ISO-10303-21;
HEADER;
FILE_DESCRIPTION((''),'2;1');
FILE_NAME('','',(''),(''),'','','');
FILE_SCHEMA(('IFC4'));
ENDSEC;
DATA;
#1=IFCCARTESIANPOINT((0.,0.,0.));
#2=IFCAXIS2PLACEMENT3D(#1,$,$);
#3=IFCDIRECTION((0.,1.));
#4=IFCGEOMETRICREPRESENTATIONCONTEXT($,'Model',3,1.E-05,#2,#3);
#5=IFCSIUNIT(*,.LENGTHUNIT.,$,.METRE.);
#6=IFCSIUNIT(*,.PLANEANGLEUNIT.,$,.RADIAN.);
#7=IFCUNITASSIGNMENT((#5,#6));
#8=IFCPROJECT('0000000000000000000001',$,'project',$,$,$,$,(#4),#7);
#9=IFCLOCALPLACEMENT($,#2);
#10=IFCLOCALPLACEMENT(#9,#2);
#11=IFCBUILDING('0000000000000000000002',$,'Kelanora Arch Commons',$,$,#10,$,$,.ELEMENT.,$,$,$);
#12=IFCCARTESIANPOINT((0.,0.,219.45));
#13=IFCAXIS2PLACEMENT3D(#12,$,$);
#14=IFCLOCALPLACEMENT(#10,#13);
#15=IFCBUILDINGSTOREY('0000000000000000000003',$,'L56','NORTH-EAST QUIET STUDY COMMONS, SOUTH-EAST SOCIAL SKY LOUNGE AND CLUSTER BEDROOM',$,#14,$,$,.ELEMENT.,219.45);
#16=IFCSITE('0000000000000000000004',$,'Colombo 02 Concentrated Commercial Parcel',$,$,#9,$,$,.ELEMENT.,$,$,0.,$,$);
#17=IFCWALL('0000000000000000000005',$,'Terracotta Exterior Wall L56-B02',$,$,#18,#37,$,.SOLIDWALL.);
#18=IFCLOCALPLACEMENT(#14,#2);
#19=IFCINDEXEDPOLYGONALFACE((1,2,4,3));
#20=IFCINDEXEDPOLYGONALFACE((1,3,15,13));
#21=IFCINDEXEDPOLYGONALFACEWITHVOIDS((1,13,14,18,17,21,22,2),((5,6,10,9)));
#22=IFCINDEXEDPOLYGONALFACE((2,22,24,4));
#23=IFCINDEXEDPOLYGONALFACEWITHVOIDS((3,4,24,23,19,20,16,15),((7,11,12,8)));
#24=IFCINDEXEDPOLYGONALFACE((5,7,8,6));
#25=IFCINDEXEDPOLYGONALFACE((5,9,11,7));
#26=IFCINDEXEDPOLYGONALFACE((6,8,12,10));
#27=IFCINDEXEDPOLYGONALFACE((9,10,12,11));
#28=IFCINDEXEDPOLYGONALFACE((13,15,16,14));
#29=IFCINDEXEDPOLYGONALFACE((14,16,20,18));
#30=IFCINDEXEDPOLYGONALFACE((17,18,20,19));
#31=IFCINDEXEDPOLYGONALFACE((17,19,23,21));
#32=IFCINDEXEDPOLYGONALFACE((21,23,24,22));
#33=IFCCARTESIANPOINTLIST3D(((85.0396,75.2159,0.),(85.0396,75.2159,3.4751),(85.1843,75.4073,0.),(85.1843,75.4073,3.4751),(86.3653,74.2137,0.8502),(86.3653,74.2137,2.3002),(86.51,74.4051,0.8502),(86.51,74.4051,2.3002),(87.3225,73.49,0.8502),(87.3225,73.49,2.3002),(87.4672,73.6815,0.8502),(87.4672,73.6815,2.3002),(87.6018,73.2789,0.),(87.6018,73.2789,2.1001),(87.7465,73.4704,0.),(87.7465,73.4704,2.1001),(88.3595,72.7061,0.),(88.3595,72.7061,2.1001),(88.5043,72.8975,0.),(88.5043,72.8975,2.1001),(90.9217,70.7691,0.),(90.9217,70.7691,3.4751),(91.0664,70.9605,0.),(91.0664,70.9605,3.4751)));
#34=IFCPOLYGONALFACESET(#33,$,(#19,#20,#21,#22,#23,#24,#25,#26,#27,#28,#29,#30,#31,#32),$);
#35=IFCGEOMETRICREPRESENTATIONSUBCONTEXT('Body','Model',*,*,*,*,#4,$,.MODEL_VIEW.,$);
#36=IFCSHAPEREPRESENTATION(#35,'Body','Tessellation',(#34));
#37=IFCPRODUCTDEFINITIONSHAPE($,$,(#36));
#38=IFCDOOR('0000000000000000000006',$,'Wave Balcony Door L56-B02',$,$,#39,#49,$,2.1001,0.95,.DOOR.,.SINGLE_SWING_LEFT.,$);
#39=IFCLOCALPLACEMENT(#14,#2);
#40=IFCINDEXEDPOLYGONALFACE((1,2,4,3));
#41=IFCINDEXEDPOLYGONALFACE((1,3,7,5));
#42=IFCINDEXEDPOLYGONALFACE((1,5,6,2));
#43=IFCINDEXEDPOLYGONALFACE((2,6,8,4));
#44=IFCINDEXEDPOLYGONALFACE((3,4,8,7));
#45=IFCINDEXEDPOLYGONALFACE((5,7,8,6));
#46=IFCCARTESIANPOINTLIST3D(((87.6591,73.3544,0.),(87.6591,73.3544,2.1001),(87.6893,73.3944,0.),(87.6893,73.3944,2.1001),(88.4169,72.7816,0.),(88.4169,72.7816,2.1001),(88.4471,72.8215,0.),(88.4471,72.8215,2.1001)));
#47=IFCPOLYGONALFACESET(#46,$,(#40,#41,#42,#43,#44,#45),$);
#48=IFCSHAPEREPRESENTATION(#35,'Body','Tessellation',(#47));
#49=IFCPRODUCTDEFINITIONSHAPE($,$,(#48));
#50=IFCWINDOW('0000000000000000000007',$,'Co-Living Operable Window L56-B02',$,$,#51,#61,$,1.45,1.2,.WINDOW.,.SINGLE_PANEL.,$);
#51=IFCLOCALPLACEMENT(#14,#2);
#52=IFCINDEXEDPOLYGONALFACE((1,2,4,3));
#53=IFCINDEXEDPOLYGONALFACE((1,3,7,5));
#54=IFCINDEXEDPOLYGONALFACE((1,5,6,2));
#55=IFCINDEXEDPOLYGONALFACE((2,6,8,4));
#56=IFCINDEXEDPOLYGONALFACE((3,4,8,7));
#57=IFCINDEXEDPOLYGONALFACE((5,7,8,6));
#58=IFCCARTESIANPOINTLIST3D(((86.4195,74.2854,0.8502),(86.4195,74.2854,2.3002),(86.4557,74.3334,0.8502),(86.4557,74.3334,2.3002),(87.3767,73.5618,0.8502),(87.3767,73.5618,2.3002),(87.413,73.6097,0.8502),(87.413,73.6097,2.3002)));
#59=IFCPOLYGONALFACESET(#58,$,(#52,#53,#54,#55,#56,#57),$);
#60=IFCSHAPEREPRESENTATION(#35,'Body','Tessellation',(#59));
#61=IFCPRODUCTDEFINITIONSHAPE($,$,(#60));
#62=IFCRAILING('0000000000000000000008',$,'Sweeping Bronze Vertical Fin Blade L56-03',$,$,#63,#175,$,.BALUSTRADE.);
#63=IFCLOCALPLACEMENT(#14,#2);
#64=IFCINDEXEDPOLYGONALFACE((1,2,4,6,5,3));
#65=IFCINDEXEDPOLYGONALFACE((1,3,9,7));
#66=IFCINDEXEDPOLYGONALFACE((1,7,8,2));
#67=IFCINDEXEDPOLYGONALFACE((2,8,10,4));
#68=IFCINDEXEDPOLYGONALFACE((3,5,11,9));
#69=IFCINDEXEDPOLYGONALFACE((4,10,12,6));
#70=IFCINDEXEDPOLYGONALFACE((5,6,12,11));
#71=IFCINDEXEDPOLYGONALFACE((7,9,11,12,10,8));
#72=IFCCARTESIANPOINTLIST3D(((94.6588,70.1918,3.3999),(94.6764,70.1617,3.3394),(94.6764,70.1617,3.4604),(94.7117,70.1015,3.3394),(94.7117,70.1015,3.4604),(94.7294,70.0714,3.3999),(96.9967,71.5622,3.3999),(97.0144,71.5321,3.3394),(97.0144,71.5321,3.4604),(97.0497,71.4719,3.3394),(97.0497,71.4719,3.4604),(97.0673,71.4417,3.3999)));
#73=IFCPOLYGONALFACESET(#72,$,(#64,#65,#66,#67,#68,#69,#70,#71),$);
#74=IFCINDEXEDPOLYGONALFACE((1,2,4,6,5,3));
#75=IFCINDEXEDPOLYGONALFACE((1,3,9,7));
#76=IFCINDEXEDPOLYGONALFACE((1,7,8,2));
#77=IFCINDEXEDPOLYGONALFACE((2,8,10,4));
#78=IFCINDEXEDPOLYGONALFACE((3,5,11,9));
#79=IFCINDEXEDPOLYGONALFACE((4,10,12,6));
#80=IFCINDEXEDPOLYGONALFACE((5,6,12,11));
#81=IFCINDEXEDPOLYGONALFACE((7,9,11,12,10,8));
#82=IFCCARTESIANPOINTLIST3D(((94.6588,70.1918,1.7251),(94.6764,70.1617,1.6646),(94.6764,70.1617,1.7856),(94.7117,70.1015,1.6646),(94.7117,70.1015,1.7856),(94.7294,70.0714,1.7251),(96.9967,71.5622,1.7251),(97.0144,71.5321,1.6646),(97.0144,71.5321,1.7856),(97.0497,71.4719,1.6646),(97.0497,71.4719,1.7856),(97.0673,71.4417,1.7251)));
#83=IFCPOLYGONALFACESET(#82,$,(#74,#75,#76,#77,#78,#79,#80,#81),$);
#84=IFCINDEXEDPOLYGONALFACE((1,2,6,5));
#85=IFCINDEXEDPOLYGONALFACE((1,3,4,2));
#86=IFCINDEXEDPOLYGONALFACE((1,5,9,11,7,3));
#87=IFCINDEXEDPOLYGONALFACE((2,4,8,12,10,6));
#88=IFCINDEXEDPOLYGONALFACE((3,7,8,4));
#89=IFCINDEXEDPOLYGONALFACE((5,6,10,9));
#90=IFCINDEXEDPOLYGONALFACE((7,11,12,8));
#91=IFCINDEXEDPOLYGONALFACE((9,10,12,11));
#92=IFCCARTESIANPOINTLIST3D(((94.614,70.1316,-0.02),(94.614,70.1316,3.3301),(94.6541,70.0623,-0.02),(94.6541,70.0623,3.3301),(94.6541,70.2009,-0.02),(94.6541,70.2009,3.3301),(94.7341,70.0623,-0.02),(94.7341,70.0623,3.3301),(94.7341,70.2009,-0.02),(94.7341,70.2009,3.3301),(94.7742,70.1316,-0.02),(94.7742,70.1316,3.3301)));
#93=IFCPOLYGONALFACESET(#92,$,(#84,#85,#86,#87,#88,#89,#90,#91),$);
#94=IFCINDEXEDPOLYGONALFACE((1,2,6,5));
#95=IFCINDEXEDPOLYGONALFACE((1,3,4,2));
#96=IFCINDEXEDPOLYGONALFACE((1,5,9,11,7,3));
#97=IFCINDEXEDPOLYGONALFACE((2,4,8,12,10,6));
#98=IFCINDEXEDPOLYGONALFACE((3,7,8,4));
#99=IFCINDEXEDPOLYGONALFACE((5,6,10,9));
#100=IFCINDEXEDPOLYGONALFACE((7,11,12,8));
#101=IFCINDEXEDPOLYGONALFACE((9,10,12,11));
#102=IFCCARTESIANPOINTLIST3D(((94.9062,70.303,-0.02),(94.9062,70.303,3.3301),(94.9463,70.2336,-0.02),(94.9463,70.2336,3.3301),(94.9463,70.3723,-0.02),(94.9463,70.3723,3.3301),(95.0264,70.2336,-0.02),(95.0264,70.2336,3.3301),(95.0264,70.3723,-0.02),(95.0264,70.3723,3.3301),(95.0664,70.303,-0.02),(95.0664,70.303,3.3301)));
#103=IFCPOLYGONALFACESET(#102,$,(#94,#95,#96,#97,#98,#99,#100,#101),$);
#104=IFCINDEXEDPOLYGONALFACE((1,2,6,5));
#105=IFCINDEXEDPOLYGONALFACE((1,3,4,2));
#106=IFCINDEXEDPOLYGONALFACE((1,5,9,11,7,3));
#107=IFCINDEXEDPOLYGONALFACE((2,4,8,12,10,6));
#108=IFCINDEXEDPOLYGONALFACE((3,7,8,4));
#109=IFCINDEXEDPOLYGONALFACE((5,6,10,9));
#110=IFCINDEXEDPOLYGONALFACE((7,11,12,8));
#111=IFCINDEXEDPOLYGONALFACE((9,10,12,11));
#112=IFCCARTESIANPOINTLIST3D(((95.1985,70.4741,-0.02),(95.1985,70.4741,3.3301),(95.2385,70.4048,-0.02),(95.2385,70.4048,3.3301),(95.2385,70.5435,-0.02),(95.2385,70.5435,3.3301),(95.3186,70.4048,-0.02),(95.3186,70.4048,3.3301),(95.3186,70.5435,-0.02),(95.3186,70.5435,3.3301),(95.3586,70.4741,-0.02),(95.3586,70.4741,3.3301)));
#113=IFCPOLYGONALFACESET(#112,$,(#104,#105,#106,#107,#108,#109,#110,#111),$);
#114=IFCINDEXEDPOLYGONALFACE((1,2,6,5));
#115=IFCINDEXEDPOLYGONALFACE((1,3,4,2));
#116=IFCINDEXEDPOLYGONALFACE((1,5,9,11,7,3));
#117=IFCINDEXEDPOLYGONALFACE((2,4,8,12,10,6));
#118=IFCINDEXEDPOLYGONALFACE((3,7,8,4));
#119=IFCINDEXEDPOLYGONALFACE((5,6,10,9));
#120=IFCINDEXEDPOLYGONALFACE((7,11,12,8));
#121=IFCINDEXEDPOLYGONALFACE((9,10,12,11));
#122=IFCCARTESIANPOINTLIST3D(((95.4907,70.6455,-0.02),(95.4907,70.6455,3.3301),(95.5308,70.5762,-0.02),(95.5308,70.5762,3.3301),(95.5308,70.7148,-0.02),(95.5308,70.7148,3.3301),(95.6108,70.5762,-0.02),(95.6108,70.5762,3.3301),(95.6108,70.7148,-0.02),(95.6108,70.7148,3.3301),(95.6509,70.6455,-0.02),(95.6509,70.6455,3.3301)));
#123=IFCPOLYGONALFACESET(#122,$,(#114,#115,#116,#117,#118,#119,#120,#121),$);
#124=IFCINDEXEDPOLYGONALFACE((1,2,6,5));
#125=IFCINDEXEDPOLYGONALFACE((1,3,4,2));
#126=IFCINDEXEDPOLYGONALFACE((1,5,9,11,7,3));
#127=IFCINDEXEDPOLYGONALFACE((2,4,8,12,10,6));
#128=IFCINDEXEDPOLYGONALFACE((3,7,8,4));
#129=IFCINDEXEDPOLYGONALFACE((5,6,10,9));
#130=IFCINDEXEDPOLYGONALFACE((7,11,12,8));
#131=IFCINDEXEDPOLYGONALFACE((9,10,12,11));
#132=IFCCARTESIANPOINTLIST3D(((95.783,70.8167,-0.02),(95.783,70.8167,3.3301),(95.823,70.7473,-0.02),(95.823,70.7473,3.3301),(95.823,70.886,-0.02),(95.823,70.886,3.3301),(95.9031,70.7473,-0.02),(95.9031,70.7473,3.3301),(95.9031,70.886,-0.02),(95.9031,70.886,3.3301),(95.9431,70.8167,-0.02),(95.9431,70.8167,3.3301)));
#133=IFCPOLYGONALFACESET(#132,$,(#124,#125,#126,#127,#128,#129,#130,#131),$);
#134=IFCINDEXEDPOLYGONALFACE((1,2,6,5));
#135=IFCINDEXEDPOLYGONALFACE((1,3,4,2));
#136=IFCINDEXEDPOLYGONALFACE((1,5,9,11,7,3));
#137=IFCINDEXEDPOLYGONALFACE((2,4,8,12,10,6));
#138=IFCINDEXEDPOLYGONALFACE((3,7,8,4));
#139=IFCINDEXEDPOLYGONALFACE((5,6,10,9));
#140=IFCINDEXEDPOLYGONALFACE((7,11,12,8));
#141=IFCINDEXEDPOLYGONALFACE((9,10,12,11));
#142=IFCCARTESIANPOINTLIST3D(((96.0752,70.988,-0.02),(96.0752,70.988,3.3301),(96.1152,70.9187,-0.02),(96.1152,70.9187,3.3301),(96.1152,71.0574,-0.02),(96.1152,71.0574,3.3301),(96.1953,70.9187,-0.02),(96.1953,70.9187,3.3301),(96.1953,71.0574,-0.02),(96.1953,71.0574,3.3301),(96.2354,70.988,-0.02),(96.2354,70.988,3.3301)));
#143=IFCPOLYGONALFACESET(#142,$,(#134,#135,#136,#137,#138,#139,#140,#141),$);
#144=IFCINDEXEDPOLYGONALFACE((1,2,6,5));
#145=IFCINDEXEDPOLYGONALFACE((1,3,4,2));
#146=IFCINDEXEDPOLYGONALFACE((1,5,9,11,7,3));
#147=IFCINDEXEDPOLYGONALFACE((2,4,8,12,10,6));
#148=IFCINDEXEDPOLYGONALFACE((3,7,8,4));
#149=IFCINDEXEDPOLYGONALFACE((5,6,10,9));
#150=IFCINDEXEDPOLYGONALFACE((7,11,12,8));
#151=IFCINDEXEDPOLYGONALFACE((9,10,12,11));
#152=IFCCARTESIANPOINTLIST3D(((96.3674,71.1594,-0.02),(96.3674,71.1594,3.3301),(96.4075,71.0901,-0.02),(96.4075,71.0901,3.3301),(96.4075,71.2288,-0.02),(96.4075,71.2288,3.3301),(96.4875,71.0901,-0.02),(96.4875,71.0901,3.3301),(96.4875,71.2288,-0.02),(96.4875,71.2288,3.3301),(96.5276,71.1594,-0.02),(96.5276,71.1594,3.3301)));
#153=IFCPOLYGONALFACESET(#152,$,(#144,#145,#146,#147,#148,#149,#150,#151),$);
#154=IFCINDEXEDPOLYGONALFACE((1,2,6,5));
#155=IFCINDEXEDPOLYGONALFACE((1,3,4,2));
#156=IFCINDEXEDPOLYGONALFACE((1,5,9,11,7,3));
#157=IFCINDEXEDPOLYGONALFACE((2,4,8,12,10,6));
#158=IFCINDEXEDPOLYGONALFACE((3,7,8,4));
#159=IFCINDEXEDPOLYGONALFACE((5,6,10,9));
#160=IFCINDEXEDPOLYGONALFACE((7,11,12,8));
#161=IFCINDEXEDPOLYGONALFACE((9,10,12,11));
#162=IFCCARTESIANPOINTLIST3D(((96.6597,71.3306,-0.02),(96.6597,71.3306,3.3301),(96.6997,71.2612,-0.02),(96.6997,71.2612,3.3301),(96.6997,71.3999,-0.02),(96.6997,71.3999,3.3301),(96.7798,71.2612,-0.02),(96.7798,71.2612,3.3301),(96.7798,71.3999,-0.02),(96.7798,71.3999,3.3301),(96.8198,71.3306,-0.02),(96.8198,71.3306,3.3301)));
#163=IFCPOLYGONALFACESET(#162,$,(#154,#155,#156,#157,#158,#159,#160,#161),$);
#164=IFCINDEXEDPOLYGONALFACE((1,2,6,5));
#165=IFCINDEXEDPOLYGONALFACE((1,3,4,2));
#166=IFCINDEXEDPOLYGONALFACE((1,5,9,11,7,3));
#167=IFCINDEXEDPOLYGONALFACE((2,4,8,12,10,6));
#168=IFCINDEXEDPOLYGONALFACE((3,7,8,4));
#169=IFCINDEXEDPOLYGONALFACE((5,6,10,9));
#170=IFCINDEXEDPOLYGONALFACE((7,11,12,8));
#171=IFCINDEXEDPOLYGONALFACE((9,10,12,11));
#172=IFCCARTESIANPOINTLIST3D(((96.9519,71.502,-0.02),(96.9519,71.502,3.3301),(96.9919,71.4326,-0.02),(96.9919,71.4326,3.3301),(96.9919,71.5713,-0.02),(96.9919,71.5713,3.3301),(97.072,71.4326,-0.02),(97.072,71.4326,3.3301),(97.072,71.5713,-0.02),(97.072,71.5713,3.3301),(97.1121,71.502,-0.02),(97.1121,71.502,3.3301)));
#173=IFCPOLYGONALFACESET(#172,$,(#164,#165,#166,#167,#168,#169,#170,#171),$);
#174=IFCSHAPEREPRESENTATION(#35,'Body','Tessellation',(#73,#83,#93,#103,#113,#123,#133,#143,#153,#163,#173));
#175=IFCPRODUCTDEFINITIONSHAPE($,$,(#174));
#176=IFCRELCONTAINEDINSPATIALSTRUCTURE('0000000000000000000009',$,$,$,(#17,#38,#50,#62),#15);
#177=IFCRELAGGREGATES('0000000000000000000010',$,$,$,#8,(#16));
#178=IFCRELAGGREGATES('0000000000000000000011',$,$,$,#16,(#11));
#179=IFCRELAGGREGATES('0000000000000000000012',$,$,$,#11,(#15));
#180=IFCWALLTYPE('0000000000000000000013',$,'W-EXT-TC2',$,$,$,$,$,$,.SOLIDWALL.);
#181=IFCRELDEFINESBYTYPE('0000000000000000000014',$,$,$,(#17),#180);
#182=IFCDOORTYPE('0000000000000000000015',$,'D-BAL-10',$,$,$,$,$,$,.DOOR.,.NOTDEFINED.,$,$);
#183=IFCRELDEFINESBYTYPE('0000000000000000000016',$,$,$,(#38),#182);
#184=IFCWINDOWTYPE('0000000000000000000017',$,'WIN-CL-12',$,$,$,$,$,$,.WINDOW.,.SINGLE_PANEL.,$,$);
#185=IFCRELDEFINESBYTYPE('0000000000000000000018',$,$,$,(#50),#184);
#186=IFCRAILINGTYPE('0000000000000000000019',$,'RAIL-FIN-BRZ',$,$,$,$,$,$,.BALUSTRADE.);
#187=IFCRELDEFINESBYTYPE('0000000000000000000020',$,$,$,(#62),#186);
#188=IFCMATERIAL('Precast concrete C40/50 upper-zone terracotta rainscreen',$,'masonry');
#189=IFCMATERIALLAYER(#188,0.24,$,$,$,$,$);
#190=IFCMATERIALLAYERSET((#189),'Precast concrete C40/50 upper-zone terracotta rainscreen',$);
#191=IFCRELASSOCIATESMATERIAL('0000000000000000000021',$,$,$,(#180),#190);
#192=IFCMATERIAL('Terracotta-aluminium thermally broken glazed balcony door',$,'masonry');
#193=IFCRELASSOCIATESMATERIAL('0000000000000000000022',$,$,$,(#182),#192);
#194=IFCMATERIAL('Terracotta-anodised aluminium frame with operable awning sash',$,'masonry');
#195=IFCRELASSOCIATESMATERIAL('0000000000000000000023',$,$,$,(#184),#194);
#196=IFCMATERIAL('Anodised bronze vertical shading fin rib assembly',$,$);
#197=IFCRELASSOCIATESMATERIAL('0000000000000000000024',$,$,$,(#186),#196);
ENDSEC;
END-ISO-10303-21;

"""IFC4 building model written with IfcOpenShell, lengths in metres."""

from ifc_helpers import new_model, si_unit, direction, frame, frame_2d, origin, place, context, subcontext, project, spatial, polyline, rectangle, outline, extrude, material, layer, layer_set, type_object, element, fill, save


model = new_model("IFC4")

# Units and contexts
model_context = context("Model", 3, precision=1e-05, world=origin(), true_north=direction((0.0, 1.0)))
body_context = subcontext(model_context, "Body", "Model", "MODEL_VIEW")
ifc_project = project(units=[si_unit("LENGTHUNIT", "METRE"), si_unit("PLANEANGLEUNIT", "RADIAN")], contexts=[model_context])

# Site, building, storey
site_placement = place(None, origin())
site = spatial("IfcSite", under=ifc_project, at=site_placement, Name="Colombo 02 Concentrated Commercial Parcel", CompositionType="ELEMENT", RefElevation=0.0)
building_placement = place(site_placement, origin())
building = spatial("IfcBuilding", under=site, at=building_placement, Name="Kelanora Arch Commons", CompositionType="ELEMENT")
storey_placement = place(building_placement, frame((0.0, 0.0, 219.45)))
storey = spatial("IfcBuildingStorey", under=building, at=storey_placement, Name="L56", Description="NORTH-EAST QUIET STUDY COMMONS, SOUTH-EAST SOCIAL SKY LOUNGE AND CLUSTER BEDROOM", CompositionType="ELEMENT", Elevation=219.45)

# Wall, openings, door, window
ifc_material_1 = material(Name="Precast concrete C40/50 upper-zone terracotta rainscreen", Category="masonry")
ifc_layer_1 = layer(ifc_material_1, 0.24)
ifc_layer_set_1 = layer_set([ifc_layer_1], Name="Precast concrete C40/50 upper-zone terracotta rainscreen")
wall_type = type_object("IfcWallType", Name="W-EXT-TC2", PredefinedType="SOLIDWALL", material=ifc_layer_set_1)
ifc_material_2 = material(Name="Terracotta-aluminium thermally broken glazed balcony door", Category="masonry")
door_type = type_object("IfcDoorType", Name="D-BAL-10", OperationType="NOTDEFINED", PredefinedType="DOOR", material=ifc_material_2)
ifc_material_3 = material(Name="Terracotta-anodised aluminium frame with operable awning sash", Category="masonry")
window_type = type_object("IfcWindowType", Name="WIN-CL-12", PartitioningType="SINGLE_PANEL", PredefinedType="WINDOW", material=ifc_material_3)
wall_1_placement = place(storey_placement, frame((90.9941, 70.8647, 0.0), z_axis=(0.0, 0.0, 1.0), x_axis=(-0.797702, 0.603052, 0.0)))
wall_1 = element("IfcWall", 1, at=wall_1_placement, inside=storey, type_object=wall_type, Name="Terracotta Exterior Wall L56-B02", PredefinedType="SOLIDWALL", context=body_context, shape_type="SweptSolid", body=[
    extrude(rectangle(XDim=7.3738, YDim=0.24, at=frame_2d((3.687, 0.0))), origin(), (0.0, 0.0, 1.0), 3.4751),
])
opening_1_placement = place(wall_1_placement, frame((3.2119, 0.0, 0.0)))
opening_1 = element("IfcOpeningElement", 2, at=opening_1_placement, cuts=wall_1, PredefinedType="OPENING", context=body_context, shape_type="SweptSolid", body=[
    extrude(rectangle(XDim=0.95, YDim=2.1001, at=frame_2d((0.4751, 1.05))), frame((0.0, 0.1299, 0.0), z_axis=(0.0, -1.0, 0.0), x_axis=(1.0, 0.0, 0.0)), (0.0, 0.0, 1.0), 0.26),
])
opening_2_placement = place(wall_1_placement, frame((4.512, 0.0, 0.8501)))
opening_2 = element("IfcOpeningElement", 3, at=opening_2_placement, cuts=wall_1, PredefinedType="OPENING", context=body_context, shape_type="SweptSolid", body=[
    extrude(rectangle(XDim=1.2, YDim=1.45, at=frame_2d((0.6001, 0.7251))), frame((0.0, 0.1299, 0.0), z_axis=(0.0, -1.0, 0.0), x_axis=(1.0, 0.0, 0.0)), (0.0, 0.0, 1.0), 0.26),
])
door_1_placement = place(opening_1_placement, frame((0.95, 0.0, 0.0), z_axis=(0.0, 0.0, 1.0), x_axis=(-1.0, 0.0, 0.0)))
door_1 = element("IfcDoor", 4, at=door_1_placement, inside=storey, type_object=door_type, Name="Wave Balcony Door L56-B02", OperationType="SINGLE_SWING_LEFT", OverallHeight=2.1001, OverallWidth=0.95, PredefinedType="DOOR", context=body_context, shape_type="SweptSolid", body=[
    extrude(rectangle(XDim=0.95, YDim=2.1001, at=frame_2d((0.4751, 1.05))), frame((0.0, 0.0249, 0.0), z_axis=(0.0, -1.0, 0.0), x_axis=(1.0, 0.0, 0.0)), (0.0, 0.0, 1.0), 0.05),
])
fill(opening_1, door_1)
window_1_placement = place(opening_2_placement, origin())
window_1 = element("IfcWindow", 5, at=window_1_placement, inside=storey, type_object=window_type, Name="Co-Living Operable Window L56-B02", OverallHeight=1.45, OverallWidth=1.2, PartitioningType="SINGLE_PANEL", PredefinedType="WINDOW", context=body_context, shape_type="SweptSolid", body=[
    extrude(rectangle(XDim=1.2, YDim=1.45, at=frame_2d((0.6001, 0.7251))), frame((0.0, 0.03, 0.0), z_axis=(0.0, -1.0, 0.0), x_axis=(1.0, 0.0, 0.0)), (0.0, 0.0, 1.0), 0.0601),
])
fill(opening_2, window_1)

# Railing
ifc_material_4 = material(Name="Anodised bronze vertical shading fin rib assembly")
railing_type = type_object("IfcRailingType", Name="RAIL-FIN-BRZ", PredefinedType="BALUSTRADE", material=ifc_material_4)
railing_1_placement = place(storey_placement, frame((94.6941, 70.1316, -0.02)))
element("IfcRailing", 6, at=railing_1_placement, inside=storey, type_object=railing_type, Name="Sweeping Bronze Vertical Fin Blade L56-03", PredefinedType="BALUSTRADE", context=body_context, shape_type="SweptSolid", body=[
    extrude(outline(polyline([(0.0698, 0.0), (0.0349, 0.0605), (-0.0349, 0.0605), (-0.0698, 0.0), (-0.0349, -0.0605), (0.0349, -0.0605), (0.0698, 0.0)])), frame((0.0, 0.0, 3.4199), z_axis=(0.862718, 0.505685, 0.0), x_axis=(-0.505685, 0.862718, 0.0)), (0.0, 0.0, 1.0), 2.71),
    extrude(outline(polyline([(0.0698, 0.0), (0.0349, 0.0605), (-0.0349, 0.0605), (-0.0698, 0.0), (-0.0349, -0.0605), (0.0349, -0.0605), (0.0698, 0.0)])), frame((0.0, 0.0, 1.7451), z_axis=(0.862718, 0.505685, 0.0), x_axis=(-0.505685, 0.862718, 0.0)), (0.0, 0.0, 1.0), 2.71),
    extrude(outline(polyline([(0.0801, 0.0), (0.04, 0.0693), (-0.04, 0.0693), (-0.0801, 0.0), (-0.04, -0.0693), (0.04, -0.0693), (0.0801, 0.0)])), origin(), (0.0, 0.0, 1.0), 3.3501),
    extrude(outline(polyline([(0.0801, 0.0), (0.04, 0.0693), (-0.04, 0.0693), (-0.0801, 0.0), (-0.04, -0.0693), (0.04, -0.0693), (0.0801, 0.0)])), frame((0.2922, 0.1714, 0.0)), (0.0, 0.0, 1.0), 3.3501),
    extrude(outline(polyline([(0.0801, 0.0), (0.04, 0.0693), (-0.04, 0.0693), (-0.0801, 0.0), (-0.04, -0.0693), (0.04, -0.0693), (0.0801, 0.0)])), frame((0.5845, 0.3425, 0.0)), (0.0, 0.0, 1.0), 3.3501),
    extrude(outline(polyline([(0.0801, 0.0), (0.04, 0.0693), (-0.04, 0.0693), (-0.0801, 0.0), (-0.04, -0.0693), (0.04, -0.0693), (0.0801, 0.0)])), frame((0.8767, 0.5139, 0.0)), (0.0, 0.0, 1.0), 3.3501),
    extrude(outline(polyline([(0.0801, 0.0), (0.04, 0.0693), (-0.04, 0.0693), (-0.0801, 0.0), (-0.04, -0.0693), (0.04, -0.0693), (0.0801, 0.0)])), frame((1.1689, 0.6851, 0.0)), (0.0, 0.0, 1.0), 3.3501),
    extrude(outline(polyline([(0.0801, 0.0), (0.04, 0.0693), (-0.04, 0.0693), (-0.0801, 0.0), (-0.04, -0.0693), (0.04, -0.0693), (0.0801, 0.0)])), frame((1.4612, 0.8564, 0.0)), (0.0, 0.0, 1.0), 3.3501),
    extrude(outline(polyline([(0.0801, 0.0), (0.04, 0.0693), (-0.04, 0.0693), (-0.0801, 0.0), (-0.04, -0.0693), (0.04, -0.0693), (0.0801, 0.0)])), frame((1.7534, 1.0278, 0.0)), (0.0, 0.0, 1.0), 3.3501),
    extrude(outline(polyline([(0.0801, 0.0), (0.04, 0.0693), (-0.04, 0.0693), (-0.0801, 0.0), (-0.04, -0.0693), (0.04, -0.0693), (0.0801, 0.0)])), frame((2.0457, 1.199, 0.0)), (0.0, 0.0, 1.0), 3.3501),
    extrude(outline(polyline([(0.0801, 0.0), (0.04, 0.0693), (-0.04, 0.0693), (-0.0801, 0.0), (-0.04, -0.0693), (0.04, -0.0693), (0.0801, 0.0)])), frame((2.3379, 1.3704, 0.0)), (0.0, 0.0, 1.0), 3.3501),
])

save(model, "model.ifc")
